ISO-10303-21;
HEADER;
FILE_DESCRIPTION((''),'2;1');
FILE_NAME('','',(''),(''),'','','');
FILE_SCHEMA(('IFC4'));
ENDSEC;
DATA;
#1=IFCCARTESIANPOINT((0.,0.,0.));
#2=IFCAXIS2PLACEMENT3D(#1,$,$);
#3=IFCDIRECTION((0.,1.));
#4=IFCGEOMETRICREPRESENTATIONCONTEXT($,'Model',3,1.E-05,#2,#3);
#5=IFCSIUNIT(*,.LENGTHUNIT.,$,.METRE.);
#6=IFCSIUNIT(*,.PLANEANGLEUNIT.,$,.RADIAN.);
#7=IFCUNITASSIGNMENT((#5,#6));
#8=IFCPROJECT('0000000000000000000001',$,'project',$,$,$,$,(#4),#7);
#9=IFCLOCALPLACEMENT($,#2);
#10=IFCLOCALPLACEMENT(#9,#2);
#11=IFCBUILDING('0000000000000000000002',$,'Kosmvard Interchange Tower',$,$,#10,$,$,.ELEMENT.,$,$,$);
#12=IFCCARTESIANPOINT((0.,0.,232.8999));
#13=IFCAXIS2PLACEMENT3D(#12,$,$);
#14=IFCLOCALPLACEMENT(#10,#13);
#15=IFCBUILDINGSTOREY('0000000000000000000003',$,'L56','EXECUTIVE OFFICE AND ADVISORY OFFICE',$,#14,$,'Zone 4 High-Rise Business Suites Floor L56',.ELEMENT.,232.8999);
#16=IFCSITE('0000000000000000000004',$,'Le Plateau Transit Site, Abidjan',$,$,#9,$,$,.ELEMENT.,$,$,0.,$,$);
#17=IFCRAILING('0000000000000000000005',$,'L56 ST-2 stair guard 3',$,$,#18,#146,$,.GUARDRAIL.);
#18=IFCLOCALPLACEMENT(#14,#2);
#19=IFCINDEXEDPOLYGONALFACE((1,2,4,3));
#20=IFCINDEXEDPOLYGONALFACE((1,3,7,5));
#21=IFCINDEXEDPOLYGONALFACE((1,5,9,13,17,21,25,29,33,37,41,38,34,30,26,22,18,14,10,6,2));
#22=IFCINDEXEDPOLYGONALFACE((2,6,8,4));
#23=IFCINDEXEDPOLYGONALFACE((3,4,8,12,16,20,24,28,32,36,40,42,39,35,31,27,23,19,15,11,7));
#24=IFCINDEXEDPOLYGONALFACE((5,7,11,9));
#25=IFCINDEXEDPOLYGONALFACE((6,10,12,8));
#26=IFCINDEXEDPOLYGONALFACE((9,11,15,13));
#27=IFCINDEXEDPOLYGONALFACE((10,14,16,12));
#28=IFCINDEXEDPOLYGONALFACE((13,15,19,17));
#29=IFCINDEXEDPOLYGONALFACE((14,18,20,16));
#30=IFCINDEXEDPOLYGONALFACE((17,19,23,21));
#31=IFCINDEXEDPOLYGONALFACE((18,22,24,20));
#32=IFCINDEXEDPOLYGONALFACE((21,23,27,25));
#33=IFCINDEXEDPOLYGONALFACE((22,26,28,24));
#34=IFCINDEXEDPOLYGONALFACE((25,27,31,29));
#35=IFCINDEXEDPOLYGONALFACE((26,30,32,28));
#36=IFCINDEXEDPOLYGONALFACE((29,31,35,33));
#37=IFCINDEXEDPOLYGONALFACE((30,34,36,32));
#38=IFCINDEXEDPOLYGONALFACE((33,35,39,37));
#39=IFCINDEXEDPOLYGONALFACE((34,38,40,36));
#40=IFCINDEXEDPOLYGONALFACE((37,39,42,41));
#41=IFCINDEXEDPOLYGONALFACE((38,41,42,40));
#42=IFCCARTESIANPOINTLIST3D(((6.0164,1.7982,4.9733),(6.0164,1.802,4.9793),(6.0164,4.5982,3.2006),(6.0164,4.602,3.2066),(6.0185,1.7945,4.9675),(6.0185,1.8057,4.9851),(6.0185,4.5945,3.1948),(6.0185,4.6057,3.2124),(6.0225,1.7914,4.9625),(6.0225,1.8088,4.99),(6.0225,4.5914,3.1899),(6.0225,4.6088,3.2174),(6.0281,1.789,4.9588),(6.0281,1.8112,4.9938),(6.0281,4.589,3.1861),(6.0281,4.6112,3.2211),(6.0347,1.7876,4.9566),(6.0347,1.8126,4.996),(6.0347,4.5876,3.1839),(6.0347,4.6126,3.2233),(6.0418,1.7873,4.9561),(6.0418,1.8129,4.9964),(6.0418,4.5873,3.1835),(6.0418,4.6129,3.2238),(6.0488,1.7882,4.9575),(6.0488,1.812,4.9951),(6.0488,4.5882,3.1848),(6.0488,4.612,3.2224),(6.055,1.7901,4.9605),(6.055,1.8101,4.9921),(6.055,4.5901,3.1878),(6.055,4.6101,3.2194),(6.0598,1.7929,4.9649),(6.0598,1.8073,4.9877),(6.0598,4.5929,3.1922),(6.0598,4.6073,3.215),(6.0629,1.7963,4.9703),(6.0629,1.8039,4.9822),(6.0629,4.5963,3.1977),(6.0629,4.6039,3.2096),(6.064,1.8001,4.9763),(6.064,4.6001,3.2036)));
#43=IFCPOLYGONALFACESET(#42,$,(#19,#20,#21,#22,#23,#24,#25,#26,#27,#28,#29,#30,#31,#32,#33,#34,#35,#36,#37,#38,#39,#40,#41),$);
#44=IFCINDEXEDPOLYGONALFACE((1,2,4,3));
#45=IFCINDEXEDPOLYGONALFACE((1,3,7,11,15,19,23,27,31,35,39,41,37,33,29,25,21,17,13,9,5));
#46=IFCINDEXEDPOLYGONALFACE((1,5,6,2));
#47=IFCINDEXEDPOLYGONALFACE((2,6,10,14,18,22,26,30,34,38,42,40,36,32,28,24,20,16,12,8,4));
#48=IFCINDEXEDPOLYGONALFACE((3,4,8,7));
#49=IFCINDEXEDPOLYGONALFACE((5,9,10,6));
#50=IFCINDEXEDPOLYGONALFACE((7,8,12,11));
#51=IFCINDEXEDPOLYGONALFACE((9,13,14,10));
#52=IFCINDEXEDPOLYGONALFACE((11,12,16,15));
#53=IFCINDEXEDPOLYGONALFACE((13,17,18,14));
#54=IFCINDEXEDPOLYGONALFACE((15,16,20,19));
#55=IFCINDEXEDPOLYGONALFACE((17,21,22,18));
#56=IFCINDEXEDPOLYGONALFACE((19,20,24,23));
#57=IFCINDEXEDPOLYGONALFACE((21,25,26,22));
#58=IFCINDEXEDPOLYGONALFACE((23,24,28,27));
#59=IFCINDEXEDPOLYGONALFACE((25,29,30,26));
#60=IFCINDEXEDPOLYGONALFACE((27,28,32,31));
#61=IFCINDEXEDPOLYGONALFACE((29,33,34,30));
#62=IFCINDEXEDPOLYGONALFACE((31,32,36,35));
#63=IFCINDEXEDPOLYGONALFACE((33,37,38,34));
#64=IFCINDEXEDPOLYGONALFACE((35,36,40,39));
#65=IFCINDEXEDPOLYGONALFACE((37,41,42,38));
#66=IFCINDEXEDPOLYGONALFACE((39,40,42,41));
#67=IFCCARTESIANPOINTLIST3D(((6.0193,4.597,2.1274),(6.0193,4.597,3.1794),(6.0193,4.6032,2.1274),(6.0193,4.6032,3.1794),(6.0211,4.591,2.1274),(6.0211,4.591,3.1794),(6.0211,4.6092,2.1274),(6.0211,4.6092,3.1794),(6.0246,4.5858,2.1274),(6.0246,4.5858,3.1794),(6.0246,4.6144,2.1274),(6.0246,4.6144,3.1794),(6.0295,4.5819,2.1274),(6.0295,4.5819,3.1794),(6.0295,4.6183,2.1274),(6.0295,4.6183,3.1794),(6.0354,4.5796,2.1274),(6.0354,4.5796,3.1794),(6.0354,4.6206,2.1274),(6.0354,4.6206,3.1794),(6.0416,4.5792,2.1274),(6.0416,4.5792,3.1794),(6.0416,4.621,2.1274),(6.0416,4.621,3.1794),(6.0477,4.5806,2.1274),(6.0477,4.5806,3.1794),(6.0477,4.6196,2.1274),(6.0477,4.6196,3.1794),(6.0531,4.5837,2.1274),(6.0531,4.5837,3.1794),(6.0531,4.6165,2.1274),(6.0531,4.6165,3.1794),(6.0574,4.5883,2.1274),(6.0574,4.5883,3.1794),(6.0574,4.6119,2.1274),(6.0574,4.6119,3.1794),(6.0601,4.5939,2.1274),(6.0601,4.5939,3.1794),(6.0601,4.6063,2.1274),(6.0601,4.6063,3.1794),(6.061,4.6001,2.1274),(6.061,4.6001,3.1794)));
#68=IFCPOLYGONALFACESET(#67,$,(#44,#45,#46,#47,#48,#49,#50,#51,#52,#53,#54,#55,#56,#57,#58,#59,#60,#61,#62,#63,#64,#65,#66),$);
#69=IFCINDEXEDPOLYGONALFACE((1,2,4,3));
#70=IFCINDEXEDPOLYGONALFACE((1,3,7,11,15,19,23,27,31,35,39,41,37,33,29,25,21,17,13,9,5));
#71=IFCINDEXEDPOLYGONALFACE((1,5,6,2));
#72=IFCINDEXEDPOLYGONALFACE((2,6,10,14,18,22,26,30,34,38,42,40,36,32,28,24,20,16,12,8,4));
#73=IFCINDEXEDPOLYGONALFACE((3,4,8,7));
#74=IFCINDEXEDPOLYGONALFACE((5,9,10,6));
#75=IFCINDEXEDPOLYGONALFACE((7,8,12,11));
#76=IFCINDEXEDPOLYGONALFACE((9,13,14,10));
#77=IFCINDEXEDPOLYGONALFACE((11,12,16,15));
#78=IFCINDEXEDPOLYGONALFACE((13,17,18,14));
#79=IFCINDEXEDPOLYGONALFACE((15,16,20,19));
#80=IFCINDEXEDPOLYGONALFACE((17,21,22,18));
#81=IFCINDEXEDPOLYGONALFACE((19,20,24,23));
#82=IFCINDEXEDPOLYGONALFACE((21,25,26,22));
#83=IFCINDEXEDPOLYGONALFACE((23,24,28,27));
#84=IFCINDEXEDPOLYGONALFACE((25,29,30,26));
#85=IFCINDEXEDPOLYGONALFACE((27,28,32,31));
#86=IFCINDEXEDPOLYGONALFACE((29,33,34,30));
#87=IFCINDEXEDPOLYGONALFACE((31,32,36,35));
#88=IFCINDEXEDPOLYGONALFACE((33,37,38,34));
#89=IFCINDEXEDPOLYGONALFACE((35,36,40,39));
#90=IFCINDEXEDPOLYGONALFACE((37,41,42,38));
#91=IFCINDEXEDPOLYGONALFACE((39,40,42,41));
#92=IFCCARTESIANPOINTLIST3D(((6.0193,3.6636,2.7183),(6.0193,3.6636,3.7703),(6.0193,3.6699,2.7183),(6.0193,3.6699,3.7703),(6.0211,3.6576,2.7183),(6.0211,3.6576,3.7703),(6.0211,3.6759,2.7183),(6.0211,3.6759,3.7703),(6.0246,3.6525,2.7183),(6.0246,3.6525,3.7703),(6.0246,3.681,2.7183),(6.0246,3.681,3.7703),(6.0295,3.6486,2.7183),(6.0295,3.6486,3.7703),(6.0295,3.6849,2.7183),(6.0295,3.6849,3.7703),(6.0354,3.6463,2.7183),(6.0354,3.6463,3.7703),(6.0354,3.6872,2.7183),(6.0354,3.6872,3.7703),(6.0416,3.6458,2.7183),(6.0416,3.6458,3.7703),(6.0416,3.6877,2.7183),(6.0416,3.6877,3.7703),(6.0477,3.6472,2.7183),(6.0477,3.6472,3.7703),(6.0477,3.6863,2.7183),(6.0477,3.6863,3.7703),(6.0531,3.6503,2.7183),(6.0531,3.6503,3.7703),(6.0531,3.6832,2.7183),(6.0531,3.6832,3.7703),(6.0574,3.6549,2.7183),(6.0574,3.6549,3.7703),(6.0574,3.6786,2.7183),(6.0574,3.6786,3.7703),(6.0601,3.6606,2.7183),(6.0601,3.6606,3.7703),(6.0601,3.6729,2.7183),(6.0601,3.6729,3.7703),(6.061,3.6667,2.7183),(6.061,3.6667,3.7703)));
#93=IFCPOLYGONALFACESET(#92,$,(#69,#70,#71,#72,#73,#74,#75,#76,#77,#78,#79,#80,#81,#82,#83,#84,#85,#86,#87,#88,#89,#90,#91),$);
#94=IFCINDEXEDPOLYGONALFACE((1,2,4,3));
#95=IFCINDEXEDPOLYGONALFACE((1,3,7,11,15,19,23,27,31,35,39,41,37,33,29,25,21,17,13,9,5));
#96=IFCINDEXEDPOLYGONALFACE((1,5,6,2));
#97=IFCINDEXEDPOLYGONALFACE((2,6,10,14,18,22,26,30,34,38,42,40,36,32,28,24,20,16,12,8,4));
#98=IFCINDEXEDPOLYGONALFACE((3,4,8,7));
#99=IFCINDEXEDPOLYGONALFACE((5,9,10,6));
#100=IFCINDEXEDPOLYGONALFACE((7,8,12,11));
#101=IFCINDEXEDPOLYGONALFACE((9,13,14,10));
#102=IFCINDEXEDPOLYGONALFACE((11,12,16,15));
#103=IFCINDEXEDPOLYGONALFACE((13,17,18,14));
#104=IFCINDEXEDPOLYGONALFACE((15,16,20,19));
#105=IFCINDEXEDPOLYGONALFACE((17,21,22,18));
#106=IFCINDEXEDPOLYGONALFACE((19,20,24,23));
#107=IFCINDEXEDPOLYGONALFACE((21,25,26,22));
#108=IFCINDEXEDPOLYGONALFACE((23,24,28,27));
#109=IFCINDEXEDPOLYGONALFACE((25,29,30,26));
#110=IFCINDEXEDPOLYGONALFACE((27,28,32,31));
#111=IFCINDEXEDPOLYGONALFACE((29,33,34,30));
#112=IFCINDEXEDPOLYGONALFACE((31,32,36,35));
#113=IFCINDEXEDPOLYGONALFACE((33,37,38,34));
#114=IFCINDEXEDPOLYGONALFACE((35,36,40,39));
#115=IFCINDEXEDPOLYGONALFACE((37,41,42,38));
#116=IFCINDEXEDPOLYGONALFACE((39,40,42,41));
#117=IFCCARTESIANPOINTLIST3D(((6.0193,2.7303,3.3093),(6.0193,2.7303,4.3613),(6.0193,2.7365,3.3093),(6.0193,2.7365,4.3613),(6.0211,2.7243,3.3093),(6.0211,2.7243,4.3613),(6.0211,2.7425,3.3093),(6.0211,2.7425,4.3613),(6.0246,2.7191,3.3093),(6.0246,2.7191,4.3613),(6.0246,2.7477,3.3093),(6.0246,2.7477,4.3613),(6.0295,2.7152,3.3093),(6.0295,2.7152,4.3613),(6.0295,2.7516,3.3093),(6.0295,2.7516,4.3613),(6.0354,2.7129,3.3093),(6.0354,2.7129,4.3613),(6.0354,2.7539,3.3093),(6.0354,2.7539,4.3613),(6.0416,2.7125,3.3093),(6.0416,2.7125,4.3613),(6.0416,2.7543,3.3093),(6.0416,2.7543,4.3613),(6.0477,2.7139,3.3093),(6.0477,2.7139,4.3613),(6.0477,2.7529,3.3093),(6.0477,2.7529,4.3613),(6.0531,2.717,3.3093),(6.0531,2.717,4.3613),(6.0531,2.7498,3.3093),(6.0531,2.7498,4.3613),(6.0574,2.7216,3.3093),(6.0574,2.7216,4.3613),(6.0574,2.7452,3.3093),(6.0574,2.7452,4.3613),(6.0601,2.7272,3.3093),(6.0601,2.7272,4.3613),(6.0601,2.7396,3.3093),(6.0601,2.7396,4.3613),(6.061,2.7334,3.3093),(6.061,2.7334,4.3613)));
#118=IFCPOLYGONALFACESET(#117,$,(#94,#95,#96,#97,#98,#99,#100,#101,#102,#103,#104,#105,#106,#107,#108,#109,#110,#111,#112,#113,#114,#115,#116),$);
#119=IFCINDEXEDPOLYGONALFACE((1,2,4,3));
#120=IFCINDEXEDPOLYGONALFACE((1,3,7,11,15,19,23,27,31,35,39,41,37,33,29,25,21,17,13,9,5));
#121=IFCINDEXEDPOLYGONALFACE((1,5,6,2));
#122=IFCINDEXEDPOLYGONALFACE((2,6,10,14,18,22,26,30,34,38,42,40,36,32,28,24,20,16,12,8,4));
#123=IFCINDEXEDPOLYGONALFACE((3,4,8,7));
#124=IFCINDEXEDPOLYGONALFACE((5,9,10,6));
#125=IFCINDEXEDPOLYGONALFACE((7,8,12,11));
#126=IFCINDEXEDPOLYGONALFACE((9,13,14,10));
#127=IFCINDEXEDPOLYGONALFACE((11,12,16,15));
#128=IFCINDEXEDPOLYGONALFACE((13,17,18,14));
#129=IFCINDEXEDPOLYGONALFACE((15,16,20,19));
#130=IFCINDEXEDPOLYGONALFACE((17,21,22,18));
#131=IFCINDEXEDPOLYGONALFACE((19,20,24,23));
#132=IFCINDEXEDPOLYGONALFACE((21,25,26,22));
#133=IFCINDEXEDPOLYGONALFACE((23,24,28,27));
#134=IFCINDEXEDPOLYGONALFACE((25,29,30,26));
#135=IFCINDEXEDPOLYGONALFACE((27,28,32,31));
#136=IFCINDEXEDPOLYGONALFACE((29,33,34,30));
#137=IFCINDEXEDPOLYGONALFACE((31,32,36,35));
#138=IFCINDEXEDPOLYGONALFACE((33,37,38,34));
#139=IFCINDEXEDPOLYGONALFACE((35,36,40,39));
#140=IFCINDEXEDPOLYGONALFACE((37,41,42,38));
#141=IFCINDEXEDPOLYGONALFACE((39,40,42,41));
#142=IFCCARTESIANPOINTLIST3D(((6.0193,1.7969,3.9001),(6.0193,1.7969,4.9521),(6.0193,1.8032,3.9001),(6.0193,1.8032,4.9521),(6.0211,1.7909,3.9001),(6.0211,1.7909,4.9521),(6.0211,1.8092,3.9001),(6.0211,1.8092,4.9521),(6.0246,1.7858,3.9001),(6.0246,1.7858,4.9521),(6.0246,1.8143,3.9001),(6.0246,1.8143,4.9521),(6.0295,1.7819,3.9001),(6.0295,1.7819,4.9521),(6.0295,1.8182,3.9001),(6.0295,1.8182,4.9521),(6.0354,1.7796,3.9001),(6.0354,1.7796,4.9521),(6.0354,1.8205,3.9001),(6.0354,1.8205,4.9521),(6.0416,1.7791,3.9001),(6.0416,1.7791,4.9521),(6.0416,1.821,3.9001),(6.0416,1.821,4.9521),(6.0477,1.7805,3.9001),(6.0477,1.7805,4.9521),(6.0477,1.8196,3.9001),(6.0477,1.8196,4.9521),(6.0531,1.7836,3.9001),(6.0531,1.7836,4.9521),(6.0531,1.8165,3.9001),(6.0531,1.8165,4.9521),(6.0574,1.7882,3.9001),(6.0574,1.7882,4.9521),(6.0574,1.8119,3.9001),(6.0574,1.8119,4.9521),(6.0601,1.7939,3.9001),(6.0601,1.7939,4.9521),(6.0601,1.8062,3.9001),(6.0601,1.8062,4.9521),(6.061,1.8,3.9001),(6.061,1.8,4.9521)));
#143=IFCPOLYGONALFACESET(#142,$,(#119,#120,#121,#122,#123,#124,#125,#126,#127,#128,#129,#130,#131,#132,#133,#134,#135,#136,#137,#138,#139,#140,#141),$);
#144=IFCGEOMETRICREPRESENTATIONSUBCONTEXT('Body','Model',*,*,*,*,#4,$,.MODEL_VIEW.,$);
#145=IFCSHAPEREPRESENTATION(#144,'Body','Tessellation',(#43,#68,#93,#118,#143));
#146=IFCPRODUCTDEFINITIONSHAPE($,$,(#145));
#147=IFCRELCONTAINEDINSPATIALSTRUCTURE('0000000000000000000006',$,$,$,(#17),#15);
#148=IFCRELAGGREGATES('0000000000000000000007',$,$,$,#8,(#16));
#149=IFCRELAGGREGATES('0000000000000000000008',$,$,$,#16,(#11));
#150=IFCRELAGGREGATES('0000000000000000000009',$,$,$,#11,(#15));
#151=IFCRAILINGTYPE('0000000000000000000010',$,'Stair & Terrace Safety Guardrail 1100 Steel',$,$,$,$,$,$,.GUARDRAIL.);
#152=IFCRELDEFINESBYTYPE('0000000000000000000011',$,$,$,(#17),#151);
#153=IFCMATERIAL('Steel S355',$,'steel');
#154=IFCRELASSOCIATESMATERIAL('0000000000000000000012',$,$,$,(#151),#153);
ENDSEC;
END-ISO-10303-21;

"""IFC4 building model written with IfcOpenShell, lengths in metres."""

from ifc_helpers import new_model, si_unit, direction, frame, origin, origin_2d, place, context, subcontext, project, spatial, circle, extrude, source, transform, mapped, material, type_object, element, save


model = new_model("IFC4")

# Units and contexts
model_context = context("Model", 3, precision=1e-05, world=origin(), true_north=direction((0.0, 1.0)))
body_context = subcontext(model_context, "Body", "Model", "MODEL_VIEW")
ifc_project = project(units=[si_unit("LENGTHUNIT", "METRE"), si_unit("PLANEANGLEUNIT", "RADIAN")], contexts=[model_context])

# Site, building, storey
site_placement = place(None, origin())
site = spatial("IfcSite", under=ifc_project, at=site_placement, Name="Le Plateau Transit Site, Abidjan", CompositionType="ELEMENT", RefElevation=0.0)
building_placement = place(site_placement, origin())
building = spatial("IfcBuilding", under=site, at=building_placement, Name="Kosmvard Interchange Tower", CompositionType="ELEMENT")
storey_placement = place(building_placement, frame((0.0, 0.0, 232.8999)))
storey = spatial("IfcBuildingStorey", under=building, at=storey_placement, Name="L56", Description="EXECUTIVE OFFICE AND ADVISORY OFFICE", LongName="Zone 4 High-Rise Business Suites Floor L56", CompositionType="ELEMENT", Elevation=232.8999)

# Shared definitions
ifc_material_1 = material(Name="Steel S355", Category="steel")

# Railing
railing_type_1 = type_object("IfcRailingType", Name="Stair & Terrace Safety Guardrail 1100 Steel", PredefinedType="GUARDRAIL", material=ifc_material_1)
shared_shape_1 = source(origin(), body_context, "Body", "SweptSolid", [
    extrude(circle(Radius=0.0239, at=origin_2d()), frame((0.0, 0.0, 1.0762), z_axis=(0.0, -0.844909, 0.53491), x_axis=(1.0, 0.0, 0.0)), (0.0, 0.0, 1.0), 3.314),
    extrude(circle(Radius=0.021, at=origin_2d()), origin(), (0.0, 0.0, 1.0), 1.052),
    extrude(circle(Radius=0.021, at=origin_2d()), frame((0.0, -0.9333, 0.5908)), (0.0, 0.0, 1.0), 1.052),
    extrude(circle(Radius=0.021, at=origin_2d()), frame((0.0, -1.8667, 1.1819)), (0.0, 0.0, 1.0), 1.052),
    extrude(circle(Radius=0.021, at=origin_2d()), frame((0.0, -2.8, 1.7727)), (0.0, 0.0, 1.0), 1.052),
])
railing_1_placement = place(storey_placement, frame((6.04, 4.6001, 2.1274)))
element("IfcRailing", 1, at=railing_1_placement, inside=storey, type_object=railing_type_1, Name="L56 ST-2 stair guard 3", PredefinedType="GUARDRAIL", context=body_context, shape_type="MappedRepresentation", body=[
    mapped(shared_shape_1, transform((0.0, 0.0, 0.0), scale=1.0)),
])

save(model, "model.ifc")
